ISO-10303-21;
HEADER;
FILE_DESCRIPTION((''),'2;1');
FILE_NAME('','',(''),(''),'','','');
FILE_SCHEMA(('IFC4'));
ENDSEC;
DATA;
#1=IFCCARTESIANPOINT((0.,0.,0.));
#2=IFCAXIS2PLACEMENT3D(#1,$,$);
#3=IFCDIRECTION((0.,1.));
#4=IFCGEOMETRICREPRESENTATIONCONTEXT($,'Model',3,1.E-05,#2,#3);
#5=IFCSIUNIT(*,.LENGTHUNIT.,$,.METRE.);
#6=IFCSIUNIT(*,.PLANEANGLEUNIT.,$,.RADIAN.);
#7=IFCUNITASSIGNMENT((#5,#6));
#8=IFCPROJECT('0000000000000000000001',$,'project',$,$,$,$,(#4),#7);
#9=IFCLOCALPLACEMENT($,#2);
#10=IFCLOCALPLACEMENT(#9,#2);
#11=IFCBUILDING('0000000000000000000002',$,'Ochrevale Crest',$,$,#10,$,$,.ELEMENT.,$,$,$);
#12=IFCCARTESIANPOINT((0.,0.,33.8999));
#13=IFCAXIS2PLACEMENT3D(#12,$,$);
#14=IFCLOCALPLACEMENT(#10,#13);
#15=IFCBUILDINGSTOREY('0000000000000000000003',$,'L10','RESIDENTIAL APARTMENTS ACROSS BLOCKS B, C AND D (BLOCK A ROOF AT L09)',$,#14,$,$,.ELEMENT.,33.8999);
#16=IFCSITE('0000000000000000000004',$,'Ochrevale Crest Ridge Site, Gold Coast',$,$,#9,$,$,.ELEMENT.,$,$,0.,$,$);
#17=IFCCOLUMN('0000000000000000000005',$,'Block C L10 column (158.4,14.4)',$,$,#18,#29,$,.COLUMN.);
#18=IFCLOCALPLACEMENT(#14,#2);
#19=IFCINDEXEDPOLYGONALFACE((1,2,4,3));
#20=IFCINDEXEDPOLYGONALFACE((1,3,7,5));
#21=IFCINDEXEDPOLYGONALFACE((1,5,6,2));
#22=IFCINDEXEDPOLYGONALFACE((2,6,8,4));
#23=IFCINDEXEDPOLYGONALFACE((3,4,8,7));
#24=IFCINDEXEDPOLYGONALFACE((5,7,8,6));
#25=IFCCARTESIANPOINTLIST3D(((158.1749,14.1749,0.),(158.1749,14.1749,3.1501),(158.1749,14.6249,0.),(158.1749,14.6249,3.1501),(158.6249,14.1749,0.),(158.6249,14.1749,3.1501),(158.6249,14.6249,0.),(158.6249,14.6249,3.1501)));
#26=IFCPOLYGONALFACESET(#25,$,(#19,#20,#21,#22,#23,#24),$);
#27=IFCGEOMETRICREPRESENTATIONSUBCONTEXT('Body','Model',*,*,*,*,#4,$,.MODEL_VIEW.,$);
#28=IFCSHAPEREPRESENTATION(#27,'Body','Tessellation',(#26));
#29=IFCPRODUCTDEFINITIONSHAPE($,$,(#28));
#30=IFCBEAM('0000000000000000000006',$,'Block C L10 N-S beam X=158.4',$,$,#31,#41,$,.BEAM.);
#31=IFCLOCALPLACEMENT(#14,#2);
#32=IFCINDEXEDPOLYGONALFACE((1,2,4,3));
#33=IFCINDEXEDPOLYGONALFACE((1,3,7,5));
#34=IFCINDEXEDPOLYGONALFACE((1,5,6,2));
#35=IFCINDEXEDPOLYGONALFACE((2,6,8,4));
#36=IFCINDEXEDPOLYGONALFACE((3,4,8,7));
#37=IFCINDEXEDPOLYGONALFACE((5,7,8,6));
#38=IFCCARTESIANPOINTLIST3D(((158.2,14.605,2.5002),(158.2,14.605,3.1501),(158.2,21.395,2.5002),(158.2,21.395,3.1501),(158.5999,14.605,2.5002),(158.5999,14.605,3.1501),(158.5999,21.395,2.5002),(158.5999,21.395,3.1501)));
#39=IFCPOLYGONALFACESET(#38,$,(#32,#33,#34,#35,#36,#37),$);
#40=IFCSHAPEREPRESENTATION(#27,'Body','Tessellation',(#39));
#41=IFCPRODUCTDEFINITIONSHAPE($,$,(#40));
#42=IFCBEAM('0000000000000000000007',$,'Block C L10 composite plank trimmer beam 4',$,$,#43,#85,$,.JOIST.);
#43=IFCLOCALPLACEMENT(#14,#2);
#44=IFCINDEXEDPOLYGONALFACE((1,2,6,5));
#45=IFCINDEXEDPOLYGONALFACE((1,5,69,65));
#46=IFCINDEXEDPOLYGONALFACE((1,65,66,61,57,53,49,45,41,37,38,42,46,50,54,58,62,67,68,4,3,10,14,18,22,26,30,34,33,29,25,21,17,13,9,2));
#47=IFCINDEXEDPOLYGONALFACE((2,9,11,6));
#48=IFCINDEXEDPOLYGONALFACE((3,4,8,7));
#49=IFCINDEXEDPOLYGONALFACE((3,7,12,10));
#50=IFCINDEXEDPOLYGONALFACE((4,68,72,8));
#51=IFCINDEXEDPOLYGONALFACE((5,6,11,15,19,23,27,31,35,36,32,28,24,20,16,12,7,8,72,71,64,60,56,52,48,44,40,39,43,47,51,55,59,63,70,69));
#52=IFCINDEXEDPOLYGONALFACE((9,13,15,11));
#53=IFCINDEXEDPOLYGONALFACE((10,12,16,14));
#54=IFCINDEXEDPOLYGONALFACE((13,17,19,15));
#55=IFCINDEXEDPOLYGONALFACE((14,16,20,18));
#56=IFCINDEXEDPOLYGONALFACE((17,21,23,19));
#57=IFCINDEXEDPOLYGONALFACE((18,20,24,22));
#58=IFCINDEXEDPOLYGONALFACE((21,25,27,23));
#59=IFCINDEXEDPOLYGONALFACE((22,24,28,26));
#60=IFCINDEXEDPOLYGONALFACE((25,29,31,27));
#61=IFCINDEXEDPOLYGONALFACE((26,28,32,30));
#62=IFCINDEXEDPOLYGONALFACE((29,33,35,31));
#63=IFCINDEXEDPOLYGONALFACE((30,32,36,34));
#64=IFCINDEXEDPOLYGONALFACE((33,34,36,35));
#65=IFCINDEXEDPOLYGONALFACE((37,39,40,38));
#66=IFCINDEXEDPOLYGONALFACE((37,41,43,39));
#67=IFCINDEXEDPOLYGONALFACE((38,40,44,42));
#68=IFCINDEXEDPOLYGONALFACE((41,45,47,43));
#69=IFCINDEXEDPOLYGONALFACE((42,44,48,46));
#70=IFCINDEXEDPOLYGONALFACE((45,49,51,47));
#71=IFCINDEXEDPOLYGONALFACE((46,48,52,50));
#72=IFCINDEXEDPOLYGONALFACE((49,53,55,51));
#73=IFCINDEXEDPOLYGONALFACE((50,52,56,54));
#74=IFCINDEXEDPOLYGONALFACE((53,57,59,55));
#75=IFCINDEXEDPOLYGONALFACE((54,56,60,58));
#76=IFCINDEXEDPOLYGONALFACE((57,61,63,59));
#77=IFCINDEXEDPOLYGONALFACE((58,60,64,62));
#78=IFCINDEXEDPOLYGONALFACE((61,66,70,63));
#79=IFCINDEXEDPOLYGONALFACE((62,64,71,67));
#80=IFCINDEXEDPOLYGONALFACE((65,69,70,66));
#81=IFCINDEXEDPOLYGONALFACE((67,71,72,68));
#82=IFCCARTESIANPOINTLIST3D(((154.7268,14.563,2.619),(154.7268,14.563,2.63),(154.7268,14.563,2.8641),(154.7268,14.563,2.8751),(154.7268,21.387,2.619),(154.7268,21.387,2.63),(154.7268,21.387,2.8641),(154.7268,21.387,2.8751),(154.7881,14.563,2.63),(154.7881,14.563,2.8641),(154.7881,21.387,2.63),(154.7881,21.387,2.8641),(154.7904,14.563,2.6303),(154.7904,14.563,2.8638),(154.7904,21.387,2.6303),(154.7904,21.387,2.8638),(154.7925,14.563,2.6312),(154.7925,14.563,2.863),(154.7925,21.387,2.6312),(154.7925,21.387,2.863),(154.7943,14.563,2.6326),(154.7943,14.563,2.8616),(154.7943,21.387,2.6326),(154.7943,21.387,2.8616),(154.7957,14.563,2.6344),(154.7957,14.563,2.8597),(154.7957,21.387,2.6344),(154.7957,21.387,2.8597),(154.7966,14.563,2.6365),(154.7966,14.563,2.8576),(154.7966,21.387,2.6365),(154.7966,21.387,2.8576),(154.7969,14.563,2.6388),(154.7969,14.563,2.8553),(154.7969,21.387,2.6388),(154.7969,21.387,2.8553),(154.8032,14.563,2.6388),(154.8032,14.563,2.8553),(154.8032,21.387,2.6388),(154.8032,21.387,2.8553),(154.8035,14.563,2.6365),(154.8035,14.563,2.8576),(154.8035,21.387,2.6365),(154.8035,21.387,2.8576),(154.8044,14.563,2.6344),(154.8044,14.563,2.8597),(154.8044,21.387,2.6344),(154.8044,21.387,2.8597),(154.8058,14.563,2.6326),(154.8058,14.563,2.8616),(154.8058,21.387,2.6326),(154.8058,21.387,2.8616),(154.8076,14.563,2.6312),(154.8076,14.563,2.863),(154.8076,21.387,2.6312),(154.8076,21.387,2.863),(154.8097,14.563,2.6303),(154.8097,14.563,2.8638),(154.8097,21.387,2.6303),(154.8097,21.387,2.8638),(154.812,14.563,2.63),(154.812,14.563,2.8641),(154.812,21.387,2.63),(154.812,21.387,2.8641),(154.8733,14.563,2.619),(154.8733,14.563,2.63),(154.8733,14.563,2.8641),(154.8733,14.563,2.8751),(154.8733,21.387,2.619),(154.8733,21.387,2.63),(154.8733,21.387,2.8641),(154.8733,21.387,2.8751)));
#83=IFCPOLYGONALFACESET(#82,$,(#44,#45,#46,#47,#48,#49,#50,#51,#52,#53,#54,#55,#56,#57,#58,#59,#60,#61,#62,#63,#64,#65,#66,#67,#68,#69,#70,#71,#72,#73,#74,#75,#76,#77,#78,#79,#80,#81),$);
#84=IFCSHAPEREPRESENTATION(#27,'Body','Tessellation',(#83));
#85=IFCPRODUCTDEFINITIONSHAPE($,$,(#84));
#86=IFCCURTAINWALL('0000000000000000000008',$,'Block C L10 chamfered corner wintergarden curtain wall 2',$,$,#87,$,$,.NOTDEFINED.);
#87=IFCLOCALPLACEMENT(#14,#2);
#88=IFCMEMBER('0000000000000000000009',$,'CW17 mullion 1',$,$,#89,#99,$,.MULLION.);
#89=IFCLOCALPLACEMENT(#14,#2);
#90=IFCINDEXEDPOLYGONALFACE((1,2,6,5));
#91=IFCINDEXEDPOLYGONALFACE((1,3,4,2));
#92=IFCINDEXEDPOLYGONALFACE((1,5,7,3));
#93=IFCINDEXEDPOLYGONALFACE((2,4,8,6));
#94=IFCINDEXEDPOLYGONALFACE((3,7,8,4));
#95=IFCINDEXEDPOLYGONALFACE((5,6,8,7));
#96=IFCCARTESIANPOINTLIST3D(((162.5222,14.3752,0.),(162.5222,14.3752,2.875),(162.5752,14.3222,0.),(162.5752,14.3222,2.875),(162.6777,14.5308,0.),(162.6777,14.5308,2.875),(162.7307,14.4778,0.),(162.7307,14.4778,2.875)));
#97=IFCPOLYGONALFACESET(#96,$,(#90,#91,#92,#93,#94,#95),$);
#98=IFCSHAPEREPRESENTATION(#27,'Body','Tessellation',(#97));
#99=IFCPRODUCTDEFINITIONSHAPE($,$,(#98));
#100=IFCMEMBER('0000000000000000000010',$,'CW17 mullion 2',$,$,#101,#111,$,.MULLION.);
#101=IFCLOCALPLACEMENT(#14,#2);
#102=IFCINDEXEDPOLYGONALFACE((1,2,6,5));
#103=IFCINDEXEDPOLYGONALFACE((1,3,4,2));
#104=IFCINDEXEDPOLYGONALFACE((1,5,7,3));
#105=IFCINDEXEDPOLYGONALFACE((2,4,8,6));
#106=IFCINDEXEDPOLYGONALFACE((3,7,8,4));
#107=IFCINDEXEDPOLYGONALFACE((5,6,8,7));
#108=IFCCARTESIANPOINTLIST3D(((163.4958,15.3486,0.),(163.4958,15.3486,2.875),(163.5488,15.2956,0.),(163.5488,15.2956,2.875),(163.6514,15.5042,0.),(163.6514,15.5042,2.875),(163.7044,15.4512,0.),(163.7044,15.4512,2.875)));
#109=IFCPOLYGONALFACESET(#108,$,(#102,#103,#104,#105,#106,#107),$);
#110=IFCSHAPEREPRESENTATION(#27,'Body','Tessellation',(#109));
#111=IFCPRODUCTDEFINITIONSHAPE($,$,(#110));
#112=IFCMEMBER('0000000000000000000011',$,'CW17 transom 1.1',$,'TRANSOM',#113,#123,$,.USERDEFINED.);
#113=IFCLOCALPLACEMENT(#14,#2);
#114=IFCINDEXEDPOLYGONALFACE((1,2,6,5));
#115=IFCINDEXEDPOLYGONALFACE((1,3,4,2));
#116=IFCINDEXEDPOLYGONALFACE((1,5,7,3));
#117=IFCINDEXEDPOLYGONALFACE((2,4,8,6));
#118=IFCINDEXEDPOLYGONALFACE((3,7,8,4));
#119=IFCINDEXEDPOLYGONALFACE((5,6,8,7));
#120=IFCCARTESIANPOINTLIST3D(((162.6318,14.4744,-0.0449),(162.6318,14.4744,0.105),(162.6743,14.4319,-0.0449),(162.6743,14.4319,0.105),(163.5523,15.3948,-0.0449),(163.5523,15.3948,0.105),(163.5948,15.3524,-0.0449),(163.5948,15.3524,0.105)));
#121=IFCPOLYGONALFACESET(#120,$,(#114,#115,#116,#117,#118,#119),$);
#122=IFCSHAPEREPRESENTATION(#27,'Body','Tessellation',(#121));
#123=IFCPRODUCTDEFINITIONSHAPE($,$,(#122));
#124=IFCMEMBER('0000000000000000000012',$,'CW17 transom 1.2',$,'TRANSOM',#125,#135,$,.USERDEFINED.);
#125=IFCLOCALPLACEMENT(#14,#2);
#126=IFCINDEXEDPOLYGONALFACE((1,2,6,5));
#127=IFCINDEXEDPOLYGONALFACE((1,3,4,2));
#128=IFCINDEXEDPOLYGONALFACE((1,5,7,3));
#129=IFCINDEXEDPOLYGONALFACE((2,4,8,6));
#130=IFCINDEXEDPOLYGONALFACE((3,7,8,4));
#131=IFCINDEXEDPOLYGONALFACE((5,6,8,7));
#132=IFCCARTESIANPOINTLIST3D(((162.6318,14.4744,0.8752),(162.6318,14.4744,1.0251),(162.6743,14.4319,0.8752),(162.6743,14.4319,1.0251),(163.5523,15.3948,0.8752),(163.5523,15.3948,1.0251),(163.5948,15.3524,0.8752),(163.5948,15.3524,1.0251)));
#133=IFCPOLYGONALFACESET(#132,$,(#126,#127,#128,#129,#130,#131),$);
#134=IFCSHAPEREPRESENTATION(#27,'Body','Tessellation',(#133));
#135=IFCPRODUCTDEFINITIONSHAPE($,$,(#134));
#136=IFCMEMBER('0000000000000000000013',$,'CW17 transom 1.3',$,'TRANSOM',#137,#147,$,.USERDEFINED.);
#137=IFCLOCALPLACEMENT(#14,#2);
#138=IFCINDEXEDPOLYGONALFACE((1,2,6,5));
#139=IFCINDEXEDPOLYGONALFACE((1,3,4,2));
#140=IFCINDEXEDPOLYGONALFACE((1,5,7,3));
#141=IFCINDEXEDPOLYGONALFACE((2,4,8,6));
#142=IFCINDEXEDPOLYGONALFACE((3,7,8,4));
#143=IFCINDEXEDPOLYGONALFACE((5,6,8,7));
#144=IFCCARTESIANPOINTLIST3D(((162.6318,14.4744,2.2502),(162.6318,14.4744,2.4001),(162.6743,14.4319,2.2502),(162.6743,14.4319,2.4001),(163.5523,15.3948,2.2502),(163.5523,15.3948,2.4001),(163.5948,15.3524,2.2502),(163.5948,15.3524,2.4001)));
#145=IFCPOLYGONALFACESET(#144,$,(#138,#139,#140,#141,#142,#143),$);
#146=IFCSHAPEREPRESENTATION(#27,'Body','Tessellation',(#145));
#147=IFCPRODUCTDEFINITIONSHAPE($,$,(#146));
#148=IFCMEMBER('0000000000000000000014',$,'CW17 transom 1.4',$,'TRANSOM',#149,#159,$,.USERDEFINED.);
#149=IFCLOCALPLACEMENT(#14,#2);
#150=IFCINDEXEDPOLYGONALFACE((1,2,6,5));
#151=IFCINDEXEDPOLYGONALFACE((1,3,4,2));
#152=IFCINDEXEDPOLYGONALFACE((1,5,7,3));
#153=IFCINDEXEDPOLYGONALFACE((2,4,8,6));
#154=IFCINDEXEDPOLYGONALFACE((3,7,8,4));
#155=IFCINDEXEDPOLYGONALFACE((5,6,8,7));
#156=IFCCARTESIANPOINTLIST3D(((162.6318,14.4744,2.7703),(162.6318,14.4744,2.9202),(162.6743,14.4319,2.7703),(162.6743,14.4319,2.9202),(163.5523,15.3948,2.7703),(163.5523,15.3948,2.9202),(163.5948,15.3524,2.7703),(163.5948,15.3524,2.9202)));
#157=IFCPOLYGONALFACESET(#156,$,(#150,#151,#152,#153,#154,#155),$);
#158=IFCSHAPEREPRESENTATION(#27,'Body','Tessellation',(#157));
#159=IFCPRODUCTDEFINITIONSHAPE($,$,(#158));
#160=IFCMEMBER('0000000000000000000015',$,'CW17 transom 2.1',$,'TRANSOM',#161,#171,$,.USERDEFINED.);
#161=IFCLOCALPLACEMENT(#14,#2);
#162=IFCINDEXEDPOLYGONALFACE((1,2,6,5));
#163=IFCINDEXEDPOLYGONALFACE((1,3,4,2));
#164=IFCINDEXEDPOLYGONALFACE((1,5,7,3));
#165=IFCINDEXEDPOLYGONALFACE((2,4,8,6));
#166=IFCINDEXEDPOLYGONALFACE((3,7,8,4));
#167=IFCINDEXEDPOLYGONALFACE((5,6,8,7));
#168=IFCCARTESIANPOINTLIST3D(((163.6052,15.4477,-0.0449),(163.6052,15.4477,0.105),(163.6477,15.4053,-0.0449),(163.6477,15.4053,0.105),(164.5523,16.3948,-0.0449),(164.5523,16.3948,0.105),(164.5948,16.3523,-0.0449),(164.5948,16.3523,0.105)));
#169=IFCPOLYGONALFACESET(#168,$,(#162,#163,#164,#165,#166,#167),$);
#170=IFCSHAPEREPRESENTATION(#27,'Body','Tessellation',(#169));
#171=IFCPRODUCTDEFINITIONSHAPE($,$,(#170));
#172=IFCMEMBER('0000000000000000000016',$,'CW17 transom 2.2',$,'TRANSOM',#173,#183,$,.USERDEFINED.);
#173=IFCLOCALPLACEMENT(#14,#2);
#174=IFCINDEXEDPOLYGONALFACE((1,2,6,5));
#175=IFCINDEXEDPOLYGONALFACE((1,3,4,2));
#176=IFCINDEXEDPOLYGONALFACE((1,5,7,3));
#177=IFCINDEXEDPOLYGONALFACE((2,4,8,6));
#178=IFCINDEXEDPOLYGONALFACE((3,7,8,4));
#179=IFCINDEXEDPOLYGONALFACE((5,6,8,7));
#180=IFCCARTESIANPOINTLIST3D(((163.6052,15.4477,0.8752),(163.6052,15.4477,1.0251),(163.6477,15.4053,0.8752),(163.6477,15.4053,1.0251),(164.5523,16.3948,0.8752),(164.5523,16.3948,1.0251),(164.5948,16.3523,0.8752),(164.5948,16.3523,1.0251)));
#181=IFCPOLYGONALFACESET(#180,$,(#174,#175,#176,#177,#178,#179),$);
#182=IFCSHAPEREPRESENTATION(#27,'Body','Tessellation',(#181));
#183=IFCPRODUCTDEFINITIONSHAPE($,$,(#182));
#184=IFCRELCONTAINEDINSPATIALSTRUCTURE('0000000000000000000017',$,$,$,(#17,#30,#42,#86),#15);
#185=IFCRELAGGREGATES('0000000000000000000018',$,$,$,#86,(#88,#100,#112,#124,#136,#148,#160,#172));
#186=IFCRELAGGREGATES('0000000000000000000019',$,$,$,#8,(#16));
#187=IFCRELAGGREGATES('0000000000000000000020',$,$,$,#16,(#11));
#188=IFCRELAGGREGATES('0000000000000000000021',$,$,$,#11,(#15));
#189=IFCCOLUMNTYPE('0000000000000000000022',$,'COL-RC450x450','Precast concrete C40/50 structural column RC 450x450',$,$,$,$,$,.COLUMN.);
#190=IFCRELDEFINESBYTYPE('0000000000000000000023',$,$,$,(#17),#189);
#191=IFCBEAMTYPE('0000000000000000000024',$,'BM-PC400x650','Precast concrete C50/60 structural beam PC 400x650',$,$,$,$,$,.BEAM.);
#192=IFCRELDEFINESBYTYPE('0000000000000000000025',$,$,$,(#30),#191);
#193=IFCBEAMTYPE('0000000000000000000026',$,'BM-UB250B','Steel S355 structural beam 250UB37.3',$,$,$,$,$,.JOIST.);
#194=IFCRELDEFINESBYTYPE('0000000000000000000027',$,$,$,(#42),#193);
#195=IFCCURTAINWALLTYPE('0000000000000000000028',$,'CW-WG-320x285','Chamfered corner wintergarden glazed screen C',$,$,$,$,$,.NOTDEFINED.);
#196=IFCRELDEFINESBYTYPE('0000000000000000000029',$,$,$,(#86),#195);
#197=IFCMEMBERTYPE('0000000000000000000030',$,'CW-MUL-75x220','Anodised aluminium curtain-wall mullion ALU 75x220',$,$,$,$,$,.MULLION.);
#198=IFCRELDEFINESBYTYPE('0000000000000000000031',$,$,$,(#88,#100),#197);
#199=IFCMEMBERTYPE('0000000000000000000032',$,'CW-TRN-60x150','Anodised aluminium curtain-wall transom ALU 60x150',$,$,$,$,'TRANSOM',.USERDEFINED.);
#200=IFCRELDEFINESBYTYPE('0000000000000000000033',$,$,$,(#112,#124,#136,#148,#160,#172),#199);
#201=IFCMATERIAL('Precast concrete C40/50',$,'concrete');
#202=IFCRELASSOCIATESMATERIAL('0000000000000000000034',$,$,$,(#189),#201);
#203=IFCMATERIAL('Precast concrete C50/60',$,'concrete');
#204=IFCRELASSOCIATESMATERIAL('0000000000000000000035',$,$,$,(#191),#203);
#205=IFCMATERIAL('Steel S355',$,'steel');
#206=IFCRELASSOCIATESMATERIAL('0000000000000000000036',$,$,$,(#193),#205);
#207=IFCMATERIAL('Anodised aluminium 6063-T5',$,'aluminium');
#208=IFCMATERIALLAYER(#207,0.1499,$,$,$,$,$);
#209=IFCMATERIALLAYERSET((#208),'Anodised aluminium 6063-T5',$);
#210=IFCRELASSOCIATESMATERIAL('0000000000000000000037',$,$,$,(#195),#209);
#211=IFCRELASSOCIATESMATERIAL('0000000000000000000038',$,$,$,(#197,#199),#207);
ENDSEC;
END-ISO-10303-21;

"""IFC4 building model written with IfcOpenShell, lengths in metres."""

from ifc_helpers import new_model, si_unit, direction, frame, origin, origin_2d, place, context, subcontext, project, spatial, rectangle, i_section, extrude, material, layer, layer_set, material_profile, profile_set, type_object, element, aggregate, save


model = new_model("IFC4")

# Units and contexts
model_context = context("Model", 3, precision=1e-05, world=origin(), true_north=direction((0.0, 1.0)))
body_context = subcontext(model_context, "Body", "Model", "MODEL_VIEW")
ifc_project = project(units=[si_unit("LENGTHUNIT", "METRE"), si_unit("PLANEANGLEUNIT", "RADIAN")], contexts=[model_context])

# Site, building, storey
site_placement = place(None, origin())
site = spatial("IfcSite", under=ifc_project, at=site_placement, Name="Ochrevale Crest Ridge Site, Gold Coast", CompositionType="ELEMENT", RefElevation=0.0)
building_placement = place(site_placement, origin())
building = spatial("IfcBuilding", under=site, at=building_placement, Name="Ochrevale Crest", CompositionType="ELEMENT")
storey_placement = place(building_placement, frame((0.0, 0.0, 33.8999)))
storey = spatial("IfcBuildingStorey", under=building, at=storey_placement, Name="L10", Description="RESIDENTIAL APARTMENTS ACROSS BLOCKS B, C AND D (BLOCK A ROOF AT L09)", CompositionType="ELEMENT", Elevation=33.8999)

# Column
ifc_material_1 = material(Name="Precast concrete C40/50", Category="concrete")
ifc_material_profile_1 = material_profile(ifc_material_1, rectangle(XDim=0.45, YDim=0.45, at=origin_2d()), Name="RC 450x450")
ifc_profile_set_1 = profile_set([ifc_material_profile_1], Name="Precast concrete C40/50")
column_type = type_object("IfcColumnType", Name="COL-RC450x450", Description="Precast concrete C40/50 structural column RC 450x450", PredefinedType="COLUMN", material=ifc_profile_set_1)
column_placement = place(storey_placement, frame((158.3999, 14.3999, 0.0), z_axis=(0.0, 0.0, 1.0), x_axis=(1.0, 0.0, 0.0)))
element("IfcColumn", 1, at=column_placement, inside=storey, type_object=column_type, Name="Block C L10 column (158.4,14.4)", PredefinedType="COLUMN", context=body_context, shape_type="SweptSolid", body=[
    extrude(rectangle(XDim=0.45, YDim=0.45, at=origin_2d()), origin(), (0.0, 0.0, 1.0), 3.1501),
])

# Beams
ifc_material_2 = material(Name="Precast concrete C50/60", Category="concrete")
ifc_material_profile_2 = material_profile(ifc_material_2, rectangle(XDim=0.3999, YDim=0.6499, at=origin_2d()), Name="PC 400x650")
ifc_profile_set_2 = profile_set([ifc_material_profile_2], Name="Precast concrete C50/60")
beam_type_1 = type_object("IfcBeamType", Name="BM-PC400x650", Description="Precast concrete C50/60 structural beam PC 400x650", PredefinedType="BEAM", material=ifc_profile_set_2)
beam_1_placement = place(storey_placement, frame((158.3999, 14.605, 2.8252), z_axis=(0.0, 1.0, 0.0), x_axis=(-1.0, 0.0, 0.0)))
element("IfcBeam", 2, at=beam_1_placement, inside=storey, type_object=beam_type_1, Name="Block C L10 N-S beam X=158.4", PredefinedType="BEAM", context=body_context, shape_type="SweptSolid", body=[
    extrude(rectangle(XDim=0.3999, YDim=0.6499, at=origin_2d()), origin(), (0.0, 0.0, 1.0), 6.79),
])
ifc_material_3 = material(Name="Steel S355", Category="steel")
ifc_material_profile_3 = material_profile(ifc_material_3, i_section(OverallWidth=0.1465, OverallDepth=0.2561, WebThickness=0.0063, FlangeThickness=0.011, FilletRadius=0.0088, at=origin_2d()), Name="250UB37.3")
ifc_profile_set_3 = profile_set([ifc_material_profile_3], Name="Steel S355")
beam_type_2 = type_object("IfcBeamType", Name="BM-UB250B", Description="Steel S355 structural beam 250UB37.3", PredefinedType="JOIST", material=ifc_profile_set_3)
beam_2_placement = place(storey_placement, frame((154.8, 14.563, 2.7471), z_axis=(0.0, 1.0, 0.0), x_axis=(-1.0, 0.0, 0.0)))
element("IfcBeam", 3, at=beam_2_placement, inside=storey, type_object=beam_type_2, Name="Block C L10 composite plank trimmer beam 4", PredefinedType="JOIST", context=body_context, shape_type="SweptSolid", body=[
    extrude(i_section(OverallWidth=0.1465, OverallDepth=0.2561, WebThickness=0.0063, FlangeThickness=0.011, FilletRadius=0.0088, at=origin_2d()), origin(), (0.0, 0.0, 1.0), 6.824),
])

# Curtain wall, members
ifc_material_4 = material(Name="Anodised aluminium 6063-T5", Category="aluminium")
ifc_layer_1 = layer(ifc_material_4, 0.1499)
ifc_layer_set_1 = layer_set([ifc_layer_1], Name="Anodised aluminium 6063-T5")
curtain_wall_type = type_object("IfcCurtainWallType", Name="CW-WG-320x285", Description="Chamfered corner wintergarden glazed screen C", PredefinedType="NOTDEFINED", material=ifc_layer_set_1)
curtain_wall_placement = place(storey_placement, origin())
curtain_wall = element("IfcCurtainWall", 4, at=curtain_wall_placement, inside=storey, type_object=curtain_wall_type, Name="Block C L10 chamfered corner wintergarden curtain wall 2", PredefinedType="NOTDEFINED")
ifc_material_profile_4 = material_profile(ifc_material_4, rectangle(XDim=0.075, YDim=0.22, at=origin_2d()), Name="ALU 75x220")
ifc_profile_set_4 = profile_set([ifc_material_profile_4], Name="Anodised aluminium 6063-T5")
member_type_1 = type_object("IfcMemberType", Name="CW-MUL-75x220", Description="Anodised aluminium curtain-wall mullion ALU 75x220", PredefinedType="MULLION", material=ifc_profile_set_4)
member_1_placement = place(storey_placement, frame((162.6265, 14.4265, 0.0), z_axis=(0.0, 0.0, 1.0), x_axis=(-0.707107, 0.707107, 0.0)))
member_1 = element("IfcMember", 5, at=member_1_placement, type_object=member_type_1, Name="CW17 mullion 1", PredefinedType="MULLION", context=body_context, shape_type="SweptSolid", body=[
    extrude(rectangle(XDim=0.075, YDim=0.22, at=origin_2d()), origin(), (0.0, 0.0, 1.0), 2.875),
])
member_2_placement = place(storey_placement, frame((163.6001, 15.3999, 0.0), z_axis=(0.0, 0.0, 1.0), x_axis=(-0.707107, 0.707107, 0.0)))
member_2 = element("IfcMember", 6, at=member_2_placement, type_object=member_type_1, Name="CW17 mullion 2", PredefinedType="MULLION", context=body_context, shape_type="SweptSolid", body=[
    extrude(rectangle(XDim=0.075, YDim=0.22, at=origin_2d()), origin(), (0.0, 0.0, 1.0), 2.875),
])
ifc_material_profile_5 = material_profile(ifc_material_4, rectangle(XDim=0.0601, YDim=0.1499, at=origin_2d()), Name="ALU 60x150")
ifc_profile_set_5 = profile_set([ifc_material_profile_5], Name="Anodised aluminium 6063-T5")
member_type_2 = type_object("IfcMemberType", Name="CW-TRN-60x150", Description="Anodised aluminium curtain-wall transom ALU 60x150", ElementType="TRANSOM", PredefinedType="USERDEFINED", material=ifc_profile_set_5)
member_3_placement = place(storey_placement, frame((162.6531, 14.4531, 0.03), z_axis=(0.707107, 0.707107, 0.0), x_axis=(-0.707107, 0.707107, 0.0)))
member_3 = element("IfcMember", 7, at=member_3_placement, type_object=member_type_2, Name="CW17 transom 1.1", ObjectType="TRANSOM", PredefinedType="USERDEFINED", context=body_context, shape_type="SweptSolid", body=[
    extrude(rectangle(XDim=0.0601, YDim=0.1499, at=origin_2d()), origin(), (0.0, 0.0, 1.0), 1.3018),
])
member_4_placement = place(storey_placement, frame((162.6531, 14.4531, 0.9502), z_axis=(0.707107, 0.707107, 0.0), x_axis=(-0.707107, 0.707107, 0.0)))
member_4 = element("IfcMember", 8, at=member_4_placement, type_object=member_type_2, Name="CW17 transom 1.2", ObjectType="TRANSOM", PredefinedType="USERDEFINED", context=body_context, shape_type="SweptSolid", body=[
    extrude(rectangle(XDim=0.0601, YDim=0.1499, at=origin_2d()), origin(), (0.0, 0.0, 1.0), 1.3018),
])
member_5_placement = place(storey_placement, frame((162.6531, 14.4531, 2.3252), z_axis=(0.707107, 0.707107, 0.0), x_axis=(-0.707107, 0.707107, 0.0)))
member_5 = element("IfcMember", 9, at=member_5_placement, type_object=member_type_2, Name="CW17 transom 1.3", ObjectType="TRANSOM", PredefinedType="USERDEFINED", context=body_context, shape_type="SweptSolid", body=[
    extrude(rectangle(XDim=0.0601, YDim=0.1499, at=origin_2d()), origin(), (0.0, 0.0, 1.0), 1.3018),
])
member_6_placement = place(storey_placement, frame((162.6531, 14.4531, 2.8452), z_axis=(0.707107, 0.707107, 0.0), x_axis=(-0.707107, 0.707107, 0.0)))
member_6 = element("IfcMember", 10, at=member_6_placement, type_object=member_type_2, Name="CW17 transom 1.4", ObjectType="TRANSOM", PredefinedType="USERDEFINED", context=body_context, shape_type="SweptSolid", body=[
    extrude(rectangle(XDim=0.0601, YDim=0.1499, at=origin_2d()), origin(), (0.0, 0.0, 1.0), 1.3018),
])
member_7_placement = place(storey_placement, frame((163.6265, 15.4265, 0.03), z_axis=(0.707107, 0.707107, 0.0), x_axis=(-0.707107, 0.707107, 0.0)))
member_7 = element("IfcMember", 11, at=member_7_placement, type_object=member_type_2, Name="CW17 transom 2.1", ObjectType="TRANSOM", PredefinedType="USERDEFINED", context=body_context, shape_type="SweptSolid", body=[
    extrude(rectangle(XDim=0.0601, YDim=0.1499, at=origin_2d()), origin(), (0.0, 0.0, 1.0), 1.3394),
])
member_8_placement = place(storey_placement, frame((163.6265, 15.4265, 0.9502), z_axis=(0.707107, 0.707107, 0.0), x_axis=(-0.707107, 0.707107, 0.0)))
member_8 = element("IfcMember", 12, at=member_8_placement, type_object=member_type_2, Name="CW17 transom 2.2", ObjectType="TRANSOM", PredefinedType="USERDEFINED", context=body_context, shape_type="SweptSolid", body=[
    extrude(rectangle(XDim=0.0601, YDim=0.1499, at=origin_2d()), origin(), (0.0, 0.0, 1.0), 1.3394),
])
aggregate(curtain_wall, [member_1, member_2, member_3, member_4, member_5, member_6, member_7, member_8])

save(model, "model.ifc")
